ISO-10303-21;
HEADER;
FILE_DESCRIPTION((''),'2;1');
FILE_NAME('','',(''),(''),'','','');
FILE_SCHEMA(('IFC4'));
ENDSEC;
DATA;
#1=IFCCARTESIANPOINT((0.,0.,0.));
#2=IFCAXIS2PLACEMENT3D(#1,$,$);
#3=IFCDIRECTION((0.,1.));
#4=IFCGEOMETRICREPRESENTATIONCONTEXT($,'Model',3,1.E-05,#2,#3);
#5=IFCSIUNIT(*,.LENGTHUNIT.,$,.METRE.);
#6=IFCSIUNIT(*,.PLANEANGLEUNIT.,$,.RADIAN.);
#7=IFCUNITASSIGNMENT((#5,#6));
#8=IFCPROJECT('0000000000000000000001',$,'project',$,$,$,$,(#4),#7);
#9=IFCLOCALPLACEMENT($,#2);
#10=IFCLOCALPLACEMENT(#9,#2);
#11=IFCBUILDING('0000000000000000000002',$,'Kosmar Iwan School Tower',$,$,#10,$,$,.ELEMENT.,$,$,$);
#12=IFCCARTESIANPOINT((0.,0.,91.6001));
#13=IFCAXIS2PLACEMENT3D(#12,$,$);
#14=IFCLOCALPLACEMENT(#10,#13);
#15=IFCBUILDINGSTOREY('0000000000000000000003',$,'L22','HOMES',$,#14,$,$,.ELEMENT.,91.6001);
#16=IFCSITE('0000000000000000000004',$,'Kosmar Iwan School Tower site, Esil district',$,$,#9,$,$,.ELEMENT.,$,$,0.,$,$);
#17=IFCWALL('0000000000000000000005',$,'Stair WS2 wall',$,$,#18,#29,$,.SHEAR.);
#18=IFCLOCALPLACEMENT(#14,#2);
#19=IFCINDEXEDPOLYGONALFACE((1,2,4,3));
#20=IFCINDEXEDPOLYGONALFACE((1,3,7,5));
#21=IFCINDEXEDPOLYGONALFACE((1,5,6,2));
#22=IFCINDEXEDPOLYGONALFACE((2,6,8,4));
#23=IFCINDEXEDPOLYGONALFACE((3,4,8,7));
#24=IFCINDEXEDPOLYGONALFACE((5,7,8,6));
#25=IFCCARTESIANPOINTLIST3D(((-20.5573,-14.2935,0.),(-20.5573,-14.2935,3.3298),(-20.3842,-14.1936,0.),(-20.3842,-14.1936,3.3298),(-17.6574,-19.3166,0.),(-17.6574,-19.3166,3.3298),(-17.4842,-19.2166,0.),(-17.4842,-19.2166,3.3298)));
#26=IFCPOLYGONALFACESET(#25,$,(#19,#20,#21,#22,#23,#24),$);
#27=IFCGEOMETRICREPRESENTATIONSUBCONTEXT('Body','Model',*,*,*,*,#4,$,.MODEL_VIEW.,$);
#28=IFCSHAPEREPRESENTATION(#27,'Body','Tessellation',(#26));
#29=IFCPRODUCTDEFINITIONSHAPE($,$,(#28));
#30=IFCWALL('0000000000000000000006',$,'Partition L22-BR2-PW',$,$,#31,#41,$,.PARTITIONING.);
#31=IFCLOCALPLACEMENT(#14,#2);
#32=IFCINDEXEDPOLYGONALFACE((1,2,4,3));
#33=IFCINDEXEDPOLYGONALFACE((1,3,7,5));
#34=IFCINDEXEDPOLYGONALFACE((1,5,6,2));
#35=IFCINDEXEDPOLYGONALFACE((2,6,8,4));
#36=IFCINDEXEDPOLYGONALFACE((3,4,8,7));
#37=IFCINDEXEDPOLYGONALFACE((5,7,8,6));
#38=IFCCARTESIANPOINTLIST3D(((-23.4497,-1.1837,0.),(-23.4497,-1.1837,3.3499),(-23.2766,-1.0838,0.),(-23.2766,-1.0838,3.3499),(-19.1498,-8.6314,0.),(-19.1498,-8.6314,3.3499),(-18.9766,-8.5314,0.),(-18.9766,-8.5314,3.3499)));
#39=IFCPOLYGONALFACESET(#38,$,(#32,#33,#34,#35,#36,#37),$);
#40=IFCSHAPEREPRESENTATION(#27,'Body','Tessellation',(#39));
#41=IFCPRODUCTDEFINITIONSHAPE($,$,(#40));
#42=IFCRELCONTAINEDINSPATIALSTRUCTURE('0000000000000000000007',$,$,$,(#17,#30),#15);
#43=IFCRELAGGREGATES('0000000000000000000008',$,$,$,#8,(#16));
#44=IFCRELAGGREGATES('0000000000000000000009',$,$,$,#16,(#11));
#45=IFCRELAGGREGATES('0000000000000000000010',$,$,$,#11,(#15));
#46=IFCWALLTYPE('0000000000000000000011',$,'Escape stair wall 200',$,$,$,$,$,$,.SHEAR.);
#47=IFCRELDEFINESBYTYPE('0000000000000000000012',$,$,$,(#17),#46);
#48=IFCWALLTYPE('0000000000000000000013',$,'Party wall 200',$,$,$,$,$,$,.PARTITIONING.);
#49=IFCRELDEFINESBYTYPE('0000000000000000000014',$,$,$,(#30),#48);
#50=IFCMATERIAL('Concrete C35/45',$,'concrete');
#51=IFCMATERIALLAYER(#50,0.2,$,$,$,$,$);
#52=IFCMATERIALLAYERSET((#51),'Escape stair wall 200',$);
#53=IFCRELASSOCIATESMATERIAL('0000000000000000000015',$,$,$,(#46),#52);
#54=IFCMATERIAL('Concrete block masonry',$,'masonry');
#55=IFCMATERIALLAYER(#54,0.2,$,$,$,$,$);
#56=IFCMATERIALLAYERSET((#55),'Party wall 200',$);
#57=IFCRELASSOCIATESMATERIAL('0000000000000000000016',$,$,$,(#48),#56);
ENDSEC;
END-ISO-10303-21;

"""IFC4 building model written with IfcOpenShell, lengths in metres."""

from ifc_helpers import new_model, si_unit, direction, frame, frame_2d, origin, place, context, subcontext, project, spatial, rectangle, extrude, material, layer, layer_set, type_object, element, save


model = new_model("IFC4")

# Units and contexts
model_context = context("Model", 3, precision=1e-05, world=origin(), true_north=direction((0.0, 1.0)))
body_context = subcontext(model_context, "Body", "Model", "MODEL_VIEW")
ifc_project = project(units=[si_unit("LENGTHUNIT", "METRE"), si_unit("PLANEANGLEUNIT", "RADIAN")], contexts=[model_context])

# Site, building, storey
site_placement = place(None, origin())
site = spatial("IfcSite", under=ifc_project, at=site_placement, Name="Kosmar Iwan School Tower site, Esil district", CompositionType="ELEMENT", RefElevation=0.0)
building_placement = place(site_placement, origin())
building = spatial("IfcBuilding", under=site, at=building_placement, Name="Kosmar Iwan School Tower", CompositionType="ELEMENT")
storey_placement = place(building_placement, frame((0.0, 0.0, 91.6001)))
storey = spatial("IfcBuildingStorey", under=building, at=storey_placement, Name="L22", Description="HOMES", CompositionType="ELEMENT", Elevation=91.6001)

# Walls
ifc_material_1 = material(Name="Concrete C35/45", Category="concrete")
ifc_layer_1 = layer(ifc_material_1, 0.2)
ifc_layer_set_1 = layer_set([ifc_layer_1], Name="Escape stair wall 200")
wall_type_1 = type_object("IfcWallType", Name="Escape stair wall 200", PredefinedType="SHEAR", material=ifc_layer_set_1)
wall_1_placement = place(storey_placement, frame((-20.4707, -14.2437, 0.0), z_axis=(0.0, 0.0, 1.0), x_axis=(0.499987, -0.866033, 0.0)))
element("IfcWall", 1, at=wall_1_placement, inside=storey, type_object=wall_type_1, Name="Stair WS2 wall", PredefinedType="SHEAR", context=body_context, shape_type="SweptSolid", body=[
    extrude(rectangle(XDim=5.8, YDim=0.2, at=frame_2d((2.8999, 0.0))), origin(), (0.0, 0.0, 1.0), 3.3298),
])
ifc_material_2 = material(Name="Concrete block masonry", Category="masonry")
ifc_layer_2 = layer(ifc_material_2, 0.2)
ifc_layer_set_2 = layer_set([ifc_layer_2], Name="Party wall 200")
wall_type_2 = type_object("IfcWallType", Name="Party wall 200", PredefinedType="PARTITIONING", material=ifc_layer_set_2)
wall_2_placement = place(storey_placement, frame((-19.0632, -8.5813, 0.0), z_axis=(0.0, 0.0, 1.0), x_axis=(-0.500008, 0.866021, 0.0)))
element("IfcWall", 2, at=wall_2_placement, inside=storey, type_object=wall_type_2, Name="Partition L22-BR2-PW", PredefinedType="PARTITIONING", context=body_context, shape_type="SweptSolid", body=[
    extrude(rectangle(XDim=8.5999, YDim=0.2, at=frame_2d((4.2998, 0.0))), origin(), (0.0, 0.0, 1.0), 3.3499),
])

save(model, "model.ifc")
